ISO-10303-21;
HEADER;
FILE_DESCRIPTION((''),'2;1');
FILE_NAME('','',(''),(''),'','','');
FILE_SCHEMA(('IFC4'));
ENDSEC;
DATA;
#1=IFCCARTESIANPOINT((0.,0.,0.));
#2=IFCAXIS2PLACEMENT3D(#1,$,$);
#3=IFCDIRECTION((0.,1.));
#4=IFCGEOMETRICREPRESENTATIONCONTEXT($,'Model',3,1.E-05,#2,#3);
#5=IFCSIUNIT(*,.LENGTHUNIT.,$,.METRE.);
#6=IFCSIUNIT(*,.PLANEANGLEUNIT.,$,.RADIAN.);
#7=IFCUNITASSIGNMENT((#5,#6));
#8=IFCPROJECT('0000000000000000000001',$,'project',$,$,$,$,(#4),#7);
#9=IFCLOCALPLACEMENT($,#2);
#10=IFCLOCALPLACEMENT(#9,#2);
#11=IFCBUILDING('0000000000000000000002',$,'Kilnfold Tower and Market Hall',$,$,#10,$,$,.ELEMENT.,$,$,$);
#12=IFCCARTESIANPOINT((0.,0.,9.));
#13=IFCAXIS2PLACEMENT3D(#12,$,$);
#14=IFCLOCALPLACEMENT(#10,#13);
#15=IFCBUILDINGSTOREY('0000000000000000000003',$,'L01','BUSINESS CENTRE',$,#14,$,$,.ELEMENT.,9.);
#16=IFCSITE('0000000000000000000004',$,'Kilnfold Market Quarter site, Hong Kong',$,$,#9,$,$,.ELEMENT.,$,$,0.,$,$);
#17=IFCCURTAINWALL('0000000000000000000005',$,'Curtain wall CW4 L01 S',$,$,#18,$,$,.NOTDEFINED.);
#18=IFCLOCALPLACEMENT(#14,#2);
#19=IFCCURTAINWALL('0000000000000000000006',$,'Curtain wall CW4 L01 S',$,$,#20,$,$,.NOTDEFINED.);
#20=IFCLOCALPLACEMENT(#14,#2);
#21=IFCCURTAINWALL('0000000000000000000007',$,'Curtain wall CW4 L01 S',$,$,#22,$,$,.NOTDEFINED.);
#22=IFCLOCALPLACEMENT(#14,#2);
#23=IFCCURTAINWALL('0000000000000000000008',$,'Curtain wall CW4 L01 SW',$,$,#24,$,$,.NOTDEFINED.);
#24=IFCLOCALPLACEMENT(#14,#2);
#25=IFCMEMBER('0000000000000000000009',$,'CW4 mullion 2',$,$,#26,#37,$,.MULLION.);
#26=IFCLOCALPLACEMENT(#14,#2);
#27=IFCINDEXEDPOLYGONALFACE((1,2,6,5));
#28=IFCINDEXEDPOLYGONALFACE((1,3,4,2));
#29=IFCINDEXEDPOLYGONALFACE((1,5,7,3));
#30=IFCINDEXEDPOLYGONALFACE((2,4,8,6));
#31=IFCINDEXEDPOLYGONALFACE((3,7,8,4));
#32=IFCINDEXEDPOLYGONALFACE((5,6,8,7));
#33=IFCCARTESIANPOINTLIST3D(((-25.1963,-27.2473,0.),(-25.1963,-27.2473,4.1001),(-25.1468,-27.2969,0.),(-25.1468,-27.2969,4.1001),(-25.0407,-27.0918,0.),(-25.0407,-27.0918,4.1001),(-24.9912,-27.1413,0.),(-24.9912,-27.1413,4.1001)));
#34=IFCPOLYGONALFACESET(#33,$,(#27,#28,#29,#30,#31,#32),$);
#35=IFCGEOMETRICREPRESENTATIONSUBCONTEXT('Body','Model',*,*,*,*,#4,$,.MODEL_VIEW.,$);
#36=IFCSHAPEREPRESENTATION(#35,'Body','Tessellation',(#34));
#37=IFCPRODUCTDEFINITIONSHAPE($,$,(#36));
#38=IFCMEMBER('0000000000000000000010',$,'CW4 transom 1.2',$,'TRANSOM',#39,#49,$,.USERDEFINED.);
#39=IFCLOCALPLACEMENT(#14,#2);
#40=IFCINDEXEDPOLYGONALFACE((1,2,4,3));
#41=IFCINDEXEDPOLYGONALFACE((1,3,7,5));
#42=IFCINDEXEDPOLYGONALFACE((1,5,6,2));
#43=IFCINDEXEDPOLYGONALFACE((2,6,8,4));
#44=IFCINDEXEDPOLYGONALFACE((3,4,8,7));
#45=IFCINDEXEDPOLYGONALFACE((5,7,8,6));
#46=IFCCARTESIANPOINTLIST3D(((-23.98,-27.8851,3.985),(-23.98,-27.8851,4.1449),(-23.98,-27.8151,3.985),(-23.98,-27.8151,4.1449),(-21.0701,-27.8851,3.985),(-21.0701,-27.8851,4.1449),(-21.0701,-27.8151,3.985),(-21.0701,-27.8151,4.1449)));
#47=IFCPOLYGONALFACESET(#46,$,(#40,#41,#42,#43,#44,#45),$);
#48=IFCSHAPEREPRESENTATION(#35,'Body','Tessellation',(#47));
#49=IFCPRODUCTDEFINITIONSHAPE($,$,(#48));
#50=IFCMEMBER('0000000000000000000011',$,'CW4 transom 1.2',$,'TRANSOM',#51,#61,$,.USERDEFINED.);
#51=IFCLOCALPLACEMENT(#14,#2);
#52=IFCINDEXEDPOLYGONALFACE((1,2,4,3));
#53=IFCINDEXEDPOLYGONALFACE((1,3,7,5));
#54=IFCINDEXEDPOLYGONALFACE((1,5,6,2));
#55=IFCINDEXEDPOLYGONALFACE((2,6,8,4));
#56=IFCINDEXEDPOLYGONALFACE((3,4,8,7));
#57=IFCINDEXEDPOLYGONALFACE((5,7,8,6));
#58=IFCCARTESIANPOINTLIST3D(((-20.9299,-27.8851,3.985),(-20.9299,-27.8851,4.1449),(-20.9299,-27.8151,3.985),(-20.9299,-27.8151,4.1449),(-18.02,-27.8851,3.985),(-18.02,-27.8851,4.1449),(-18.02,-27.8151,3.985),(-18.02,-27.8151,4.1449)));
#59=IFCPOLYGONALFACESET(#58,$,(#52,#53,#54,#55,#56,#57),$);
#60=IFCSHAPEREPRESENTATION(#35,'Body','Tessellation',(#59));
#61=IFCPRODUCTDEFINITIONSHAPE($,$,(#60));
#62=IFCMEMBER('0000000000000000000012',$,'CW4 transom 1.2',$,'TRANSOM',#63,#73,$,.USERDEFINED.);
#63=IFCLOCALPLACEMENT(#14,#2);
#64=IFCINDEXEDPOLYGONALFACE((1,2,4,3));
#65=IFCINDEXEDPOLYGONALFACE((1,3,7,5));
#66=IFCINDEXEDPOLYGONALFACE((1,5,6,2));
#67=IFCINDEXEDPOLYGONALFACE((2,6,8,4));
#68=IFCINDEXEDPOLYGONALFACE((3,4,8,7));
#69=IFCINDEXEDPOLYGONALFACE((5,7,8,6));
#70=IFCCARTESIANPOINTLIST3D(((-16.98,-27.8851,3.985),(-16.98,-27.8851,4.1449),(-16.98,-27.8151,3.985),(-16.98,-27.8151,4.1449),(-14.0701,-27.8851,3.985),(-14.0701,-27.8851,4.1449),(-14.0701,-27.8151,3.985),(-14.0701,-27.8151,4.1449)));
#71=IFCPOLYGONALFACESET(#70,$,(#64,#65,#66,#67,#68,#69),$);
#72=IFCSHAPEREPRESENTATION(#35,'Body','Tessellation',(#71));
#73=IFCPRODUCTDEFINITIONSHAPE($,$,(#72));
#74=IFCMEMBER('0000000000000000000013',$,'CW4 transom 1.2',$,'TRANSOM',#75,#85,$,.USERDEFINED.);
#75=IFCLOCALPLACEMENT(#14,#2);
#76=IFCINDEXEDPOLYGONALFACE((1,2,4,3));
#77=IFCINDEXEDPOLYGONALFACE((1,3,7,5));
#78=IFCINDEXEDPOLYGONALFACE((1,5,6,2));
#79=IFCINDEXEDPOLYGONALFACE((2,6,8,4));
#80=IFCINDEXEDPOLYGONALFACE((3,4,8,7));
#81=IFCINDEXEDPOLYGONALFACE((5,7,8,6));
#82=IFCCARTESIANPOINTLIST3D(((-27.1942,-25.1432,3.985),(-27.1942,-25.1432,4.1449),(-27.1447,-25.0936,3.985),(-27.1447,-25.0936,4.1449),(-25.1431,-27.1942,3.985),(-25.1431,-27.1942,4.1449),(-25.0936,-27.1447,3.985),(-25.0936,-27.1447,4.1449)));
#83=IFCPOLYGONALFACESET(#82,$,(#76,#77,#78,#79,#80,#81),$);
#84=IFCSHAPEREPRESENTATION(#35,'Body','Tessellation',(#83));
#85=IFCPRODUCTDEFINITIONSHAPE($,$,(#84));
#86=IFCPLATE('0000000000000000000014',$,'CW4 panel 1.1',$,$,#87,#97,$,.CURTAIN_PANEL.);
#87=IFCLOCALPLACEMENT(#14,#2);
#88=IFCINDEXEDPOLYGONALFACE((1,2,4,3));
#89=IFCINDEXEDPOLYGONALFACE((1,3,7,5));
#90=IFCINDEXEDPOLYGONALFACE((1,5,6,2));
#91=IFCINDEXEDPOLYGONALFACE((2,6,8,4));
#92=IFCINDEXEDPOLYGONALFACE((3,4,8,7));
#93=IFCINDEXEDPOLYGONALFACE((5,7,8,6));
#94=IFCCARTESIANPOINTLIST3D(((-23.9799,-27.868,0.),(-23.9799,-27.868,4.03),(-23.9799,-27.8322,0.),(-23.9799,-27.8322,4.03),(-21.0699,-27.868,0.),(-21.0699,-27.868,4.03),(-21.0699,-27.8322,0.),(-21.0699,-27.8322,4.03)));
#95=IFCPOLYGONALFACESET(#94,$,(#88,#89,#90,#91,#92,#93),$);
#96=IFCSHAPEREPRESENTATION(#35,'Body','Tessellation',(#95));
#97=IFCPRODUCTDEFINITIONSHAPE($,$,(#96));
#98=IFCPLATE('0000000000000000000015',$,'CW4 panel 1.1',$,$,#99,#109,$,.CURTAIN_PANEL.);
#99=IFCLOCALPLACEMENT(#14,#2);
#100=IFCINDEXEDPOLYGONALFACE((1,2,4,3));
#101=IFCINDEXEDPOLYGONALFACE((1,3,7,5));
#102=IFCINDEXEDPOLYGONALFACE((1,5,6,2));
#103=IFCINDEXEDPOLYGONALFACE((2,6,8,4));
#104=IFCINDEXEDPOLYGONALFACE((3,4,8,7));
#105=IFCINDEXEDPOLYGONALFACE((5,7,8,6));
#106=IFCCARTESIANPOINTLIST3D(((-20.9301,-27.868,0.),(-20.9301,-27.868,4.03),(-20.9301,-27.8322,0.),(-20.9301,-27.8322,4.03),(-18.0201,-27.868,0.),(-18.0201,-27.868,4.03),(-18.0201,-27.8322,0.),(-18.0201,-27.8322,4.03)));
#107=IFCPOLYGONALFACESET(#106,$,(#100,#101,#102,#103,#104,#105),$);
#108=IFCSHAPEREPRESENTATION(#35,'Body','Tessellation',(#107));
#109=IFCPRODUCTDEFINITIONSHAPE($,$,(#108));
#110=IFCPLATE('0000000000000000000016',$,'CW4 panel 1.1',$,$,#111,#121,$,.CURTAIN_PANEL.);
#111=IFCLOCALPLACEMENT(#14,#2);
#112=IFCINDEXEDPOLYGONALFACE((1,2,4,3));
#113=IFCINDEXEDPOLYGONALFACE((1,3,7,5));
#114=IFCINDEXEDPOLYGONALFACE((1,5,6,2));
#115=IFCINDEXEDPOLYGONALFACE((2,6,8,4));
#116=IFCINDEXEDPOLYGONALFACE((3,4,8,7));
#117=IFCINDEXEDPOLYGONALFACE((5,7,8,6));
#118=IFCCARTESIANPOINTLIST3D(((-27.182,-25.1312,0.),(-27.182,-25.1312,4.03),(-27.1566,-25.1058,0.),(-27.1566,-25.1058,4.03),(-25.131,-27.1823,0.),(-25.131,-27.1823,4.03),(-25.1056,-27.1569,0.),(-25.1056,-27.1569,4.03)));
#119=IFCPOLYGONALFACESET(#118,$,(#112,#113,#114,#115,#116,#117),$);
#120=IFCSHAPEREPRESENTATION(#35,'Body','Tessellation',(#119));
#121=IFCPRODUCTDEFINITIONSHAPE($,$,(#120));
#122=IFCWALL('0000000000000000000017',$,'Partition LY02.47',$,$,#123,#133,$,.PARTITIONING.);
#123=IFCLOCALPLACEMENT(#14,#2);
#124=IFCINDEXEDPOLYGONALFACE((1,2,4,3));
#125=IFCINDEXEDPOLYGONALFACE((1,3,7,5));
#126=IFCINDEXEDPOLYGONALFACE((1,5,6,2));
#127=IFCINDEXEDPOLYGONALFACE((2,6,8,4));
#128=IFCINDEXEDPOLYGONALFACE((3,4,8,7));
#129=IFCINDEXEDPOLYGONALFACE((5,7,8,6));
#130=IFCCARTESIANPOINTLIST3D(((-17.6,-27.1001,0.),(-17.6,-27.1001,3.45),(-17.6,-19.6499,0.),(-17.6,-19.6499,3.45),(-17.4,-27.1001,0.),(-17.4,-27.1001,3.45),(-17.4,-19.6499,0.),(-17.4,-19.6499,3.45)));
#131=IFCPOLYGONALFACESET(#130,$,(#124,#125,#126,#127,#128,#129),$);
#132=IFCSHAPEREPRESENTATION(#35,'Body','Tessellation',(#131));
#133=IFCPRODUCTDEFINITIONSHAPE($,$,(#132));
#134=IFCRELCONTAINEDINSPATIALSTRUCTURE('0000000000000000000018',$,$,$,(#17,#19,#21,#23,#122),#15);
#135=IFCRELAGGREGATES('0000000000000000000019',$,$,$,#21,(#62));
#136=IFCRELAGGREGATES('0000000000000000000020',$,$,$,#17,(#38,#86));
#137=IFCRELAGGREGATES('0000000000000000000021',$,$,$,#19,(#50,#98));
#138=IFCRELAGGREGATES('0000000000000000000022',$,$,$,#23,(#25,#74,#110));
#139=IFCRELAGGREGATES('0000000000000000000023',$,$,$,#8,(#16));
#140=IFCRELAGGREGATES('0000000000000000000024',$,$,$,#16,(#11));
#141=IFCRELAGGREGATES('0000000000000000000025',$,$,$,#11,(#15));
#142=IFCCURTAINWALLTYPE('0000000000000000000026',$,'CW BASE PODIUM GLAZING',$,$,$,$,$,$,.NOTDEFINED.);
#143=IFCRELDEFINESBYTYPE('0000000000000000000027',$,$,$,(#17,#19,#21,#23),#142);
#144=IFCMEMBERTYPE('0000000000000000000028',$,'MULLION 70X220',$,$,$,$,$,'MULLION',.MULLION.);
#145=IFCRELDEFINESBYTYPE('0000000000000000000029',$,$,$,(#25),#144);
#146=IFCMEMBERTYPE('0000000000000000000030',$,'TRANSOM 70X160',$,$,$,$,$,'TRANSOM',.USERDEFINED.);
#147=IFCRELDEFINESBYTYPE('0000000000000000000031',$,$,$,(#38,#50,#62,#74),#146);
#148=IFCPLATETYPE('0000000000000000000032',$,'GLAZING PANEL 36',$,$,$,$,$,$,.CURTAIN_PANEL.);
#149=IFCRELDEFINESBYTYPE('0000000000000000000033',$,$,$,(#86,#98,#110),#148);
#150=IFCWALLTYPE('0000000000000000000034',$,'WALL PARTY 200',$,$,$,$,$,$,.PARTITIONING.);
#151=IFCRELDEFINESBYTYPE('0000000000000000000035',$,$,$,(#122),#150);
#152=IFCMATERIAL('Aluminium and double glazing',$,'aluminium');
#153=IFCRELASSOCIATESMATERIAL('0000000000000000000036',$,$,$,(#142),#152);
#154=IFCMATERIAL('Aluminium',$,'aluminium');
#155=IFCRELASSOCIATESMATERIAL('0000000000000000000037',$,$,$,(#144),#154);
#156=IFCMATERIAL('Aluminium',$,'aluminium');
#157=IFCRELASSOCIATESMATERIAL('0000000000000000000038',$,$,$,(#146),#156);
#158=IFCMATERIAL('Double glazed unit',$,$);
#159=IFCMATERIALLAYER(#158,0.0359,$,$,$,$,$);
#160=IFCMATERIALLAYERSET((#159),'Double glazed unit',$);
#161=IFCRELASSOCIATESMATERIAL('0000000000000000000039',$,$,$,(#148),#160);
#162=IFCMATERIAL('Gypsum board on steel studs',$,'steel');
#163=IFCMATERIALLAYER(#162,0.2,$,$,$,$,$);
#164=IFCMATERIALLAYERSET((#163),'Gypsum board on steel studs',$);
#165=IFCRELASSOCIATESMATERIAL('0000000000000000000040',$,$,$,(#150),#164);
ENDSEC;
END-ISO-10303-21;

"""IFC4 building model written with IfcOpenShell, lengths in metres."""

from ifc_helpers import new_model, si_unit, direction, frame, frame_2d, origin, origin_2d, place, context, subcontext, project, spatial, rectangle, extrude, source, transform, mapped, material, layer, layer_set, material_profile, profile_set, type_object, element, aggregate, save


model = new_model("IFC4")

# Units and contexts
model_context = context("Model", 3, precision=1e-05, world=origin(), true_north=direction((0.0, 1.0)))
body_context = subcontext(model_context, "Body", "Model", "MODEL_VIEW")
ifc_project = project(units=[si_unit("LENGTHUNIT", "METRE"), si_unit("PLANEANGLEUNIT", "RADIAN")], contexts=[model_context])

# Site, building, storey
site_placement = place(None, origin())
site = spatial("IfcSite", under=ifc_project, at=site_placement, Name="Kilnfold Market Quarter site, Hong Kong", CompositionType="ELEMENT", RefElevation=0.0)
building_placement = place(site_placement, origin())
building = spatial("IfcBuilding", under=site, at=building_placement, Name="Kilnfold Tower and Market Hall", CompositionType="ELEMENT")
storey_placement = place(building_placement, frame((0.0, 0.0, 9.0)))
storey = spatial("IfcBuildingStorey", under=building, at=storey_placement, Name="L01", Description="BUSINESS CENTRE", CompositionType="ELEMENT", Elevation=9.0)

# Curtain walls
ifc_material_1 = material(Name="Aluminium and double glazing", Category="aluminium")
curtain_wall_type = type_object("IfcCurtainWallType", Name="CW BASE PODIUM GLAZING", PredefinedType="NOTDEFINED", material=ifc_material_1)
curtain_wall_1_placement = place(storey_placement, origin())
curtain_wall_1 = element("IfcCurtainWall", 1, at=curtain_wall_1_placement, inside=storey, type_object=curtain_wall_type, Name="Curtain wall CW4 L01 S", PredefinedType="NOTDEFINED")
ifc_material_2 = material(Name="Aluminium", Category="aluminium")
ifc_material_profile_1 = material_profile(ifc_material_2, rectangle(XDim=0.0701, YDim=0.22, at=origin_2d()), Name="MULLION 70x220")
ifc_profile_set_1 = profile_set([ifc_material_profile_1], Name="Aluminium")
member_type_1 = type_object("IfcMemberType", Name="MULLION 70X220", ElementType="MULLION", PredefinedType="MULLION", material=ifc_profile_set_1)
shared_shape_1 = source(origin(), body_context, "Body", "SweptSolid", [
    extrude(rectangle(XDim=0.0701, YDim=0.22, at=origin_2d()), origin(), (0.0, 0.0, 1.0), 4.1001),
])
curtain_wall_2_placement = place(storey_placement, origin())
curtain_wall_2 = element("IfcCurtainWall", 2, at=curtain_wall_2_placement, inside=storey, type_object=curtain_wall_type, Name="Curtain wall CW4 L01 S", PredefinedType="NOTDEFINED")

# Curtain wall
curtain_wall_3_placement = place(storey_placement, origin())
curtain_wall_3 = element("IfcCurtainWall", 3, at=curtain_wall_3_placement, inside=storey, type_object=curtain_wall_type, Name="Curtain wall CW4 L01 S", PredefinedType="NOTDEFINED")

# Curtain wall, member
curtain_wall_4_placement = place(storey_placement, origin())
curtain_wall_4 = element("IfcCurtainWall", 4, at=curtain_wall_4_placement, inside=storey, type_object=curtain_wall_type, Name="Curtain wall CW4 L01 SW", PredefinedType="NOTDEFINED")
member_1_placement = place(storey_placement, frame((-25.0938, -27.1943, 0.0), z_axis=(0.0, 0.0, 1.0), x_axis=(0.70709, -0.707123, 0.0)))
member_1 = element("IfcMember", 5, at=member_1_placement, type_object=member_type_1, Name="CW4 mullion 2", PredefinedType="MULLION", context=body_context, shape_type="MappedRepresentation", body=[
    mapped(shared_shape_1, transform((0.0, 0.0, 0.0))),
])

# Members
ifc_material_3 = material(Name="Aluminium", Category="aluminium")
ifc_material_profile_2 = material_profile(ifc_material_3, rectangle(XDim=0.0701, YDim=0.1599, at=origin_2d()), Name="TRANSOM 70x160")
ifc_profile_set_2 = profile_set([ifc_material_profile_2], Name="Aluminium")
member_type_2 = type_object("IfcMemberType", Name="TRANSOM 70X160", ElementType="TRANSOM", PredefinedType="USERDEFINED", material=ifc_profile_set_2)
shared_shape_2 = source(origin(), body_context, "Body", "SweptSolid", [
    extrude(rectangle(XDim=0.0701, YDim=0.1599, at=origin_2d()), origin(), (0.0, 0.0, 1.0), 2.9099),
])
member_2_placement = place(storey_placement, frame((-23.98, -27.8501, 4.0649), z_axis=(1.0, 0.0, 0.0), x_axis=(0.0, 1.0, 0.0)))
member_2 = element("IfcMember", 6, at=member_2_placement, type_object=member_type_2, Name="CW4 transom 1.2", ObjectType="TRANSOM", PredefinedType="USERDEFINED", context=body_context, shape_type="MappedRepresentation", body=[
    mapped(shared_shape_2, transform((0.0, 0.0, 0.0))),
])
member_3_placement = place(storey_placement, frame((-20.9299, -27.8501, 4.0649), z_axis=(1.0, 0.0, 0.0), x_axis=(0.0, 1.0, 0.0)))
member_3 = element("IfcMember", 7, at=member_3_placement, type_object=member_type_2, Name="CW4 transom 1.2", ObjectType="TRANSOM", PredefinedType="USERDEFINED", context=body_context, shape_type="MappedRepresentation", body=[
    mapped(shared_shape_2, transform((0.0, 0.0, 0.0))),
])
member_4_placement = place(storey_placement, frame((-16.98, -27.8501, 4.0649), z_axis=(1.0, 0.0, 0.0), x_axis=(0.0, 1.0, 0.0)))
member_4 = element("IfcMember", 8, at=member_4_placement, type_object=member_type_2, Name="CW4 transom 1.2", ObjectType="TRANSOM", PredefinedType="USERDEFINED", context=body_context, shape_type="MappedRepresentation", body=[
    mapped(shared_shape_2, transform((0.0, 0.0, 0.0))),
])
aggregate(curtain_wall_3, [member_4])
shared_shape_3 = source(origin(), body_context, "Body", "SweptSolid", [
    extrude(rectangle(XDim=0.0701, YDim=0.1599, at=origin_2d()), origin(), (0.0, 0.0, 1.0), 2.9006),
])
member_5_placement = place(storey_placement, frame((-27.1694, -25.1184, 4.0649), z_axis=(0.707107, -0.707107, 0.0), x_axis=(0.707107, 0.707107, 0.0)))
member_5 = element("IfcMember", 9, at=member_5_placement, type_object=member_type_2, Name="CW4 transom 1.2", ObjectType="TRANSOM", PredefinedType="USERDEFINED", context=body_context, shape_type="MappedRepresentation", body=[
    mapped(shared_shape_3, transform((0.0, 0.0, 0.0))),
])

# Plates
ifc_material_4 = material(Name="Double glazed unit")
ifc_layer_1 = layer(ifc_material_4, 0.0359)
ifc_layer_set_1 = layer_set([ifc_layer_1], Name="Double glazed unit")
plate_type = type_object("IfcPlateType", Name="GLAZING PANEL 36", PredefinedType="CURTAIN_PANEL", material=ifc_layer_set_1)
shared_shape_4 = source(origin(), body_context, "Body", "SweptSolid", [
    extrude(rectangle(XDim=2.9099, YDim=0.0359, at=origin_2d()), origin(), (0.0, 0.0, 1.0), 4.03),
])
plate_1_placement = place(storey_placement, frame((-22.5249, -27.8501, 0.0), z_axis=(0.0, 0.0, 1.0), x_axis=(1.0, 0.0, 0.0)))
plate_1 = element("IfcPlate", 10, at=plate_1_placement, type_object=plate_type, Name="CW4 panel 1.1", PredefinedType="CURTAIN_PANEL", context=body_context, shape_type="MappedRepresentation", body=[
    mapped(shared_shape_4, transform((0.0, 0.0, 0.0))),
])
aggregate(curtain_wall_1, [member_2, plate_1])
plate_2_placement = place(storey_placement, frame((-19.4751, -27.8501, 0.0), z_axis=(0.0, 0.0, 1.0), x_axis=(1.0, 0.0, 0.0)))
plate_2 = element("IfcPlate", 11, at=plate_2_placement, type_object=plate_type, Name="CW4 panel 1.1", PredefinedType="CURTAIN_PANEL", context=body_context, shape_type="MappedRepresentation", body=[
    mapped(shared_shape_4, transform((0.0, 0.0, 0.0))),
])
aggregate(curtain_wall_2, [member_3, plate_2])
shared_shape_5 = source(origin(), body_context, "Body", "SweptSolid", [
    extrude(rectangle(XDim=2.9006, YDim=0.0359, at=origin_2d()), origin(), (0.0, 0.0, 1.0), 4.03),
])
plate_3_placement = place(storey_placement, frame((-26.1438, -26.144, 0.0), z_axis=(0.0, 0.0, 1.0), x_axis=(0.70709, -0.707123, 0.0)))
plate_3 = element("IfcPlate", 12, at=plate_3_placement, type_object=plate_type, Name="CW4 panel 1.1", PredefinedType="CURTAIN_PANEL", context=body_context, shape_type="MappedRepresentation", body=[
    mapped(shared_shape_5, transform((0.0, 0.0, 0.0))),
])
aggregate(curtain_wall_4, [member_1, member_5, plate_3])

# Wall
ifc_material_5 = material(Name="Gypsum board on steel studs", Category="steel")
ifc_layer_2 = layer(ifc_material_5, 0.2)
ifc_layer_set_2 = layer_set([ifc_layer_2], Name="Gypsum board on steel studs")
wall_type = type_object("IfcWallType", Name="WALL PARTY 200", PredefinedType="PARTITIONING", material=ifc_layer_set_2)
wall_placement = place(storey_placement, frame((-17.5, -27.1001, 0.0), z_axis=(0.0, 0.0, 1.0), x_axis=(0.0, 1.0, 0.0)))
element("IfcWall", 13, at=wall_placement, inside=storey, type_object=wall_type, Name="Partition LY02.47", PredefinedType="PARTITIONING", context=body_context, shape_type="SweptSolid", body=[
    extrude(rectangle(XDim=7.4502, YDim=0.2, at=frame_2d((3.7251, 0.0))), origin(), (0.0, 0.0, 1.0), 3.45),
])

save(model, "model.ifc")
